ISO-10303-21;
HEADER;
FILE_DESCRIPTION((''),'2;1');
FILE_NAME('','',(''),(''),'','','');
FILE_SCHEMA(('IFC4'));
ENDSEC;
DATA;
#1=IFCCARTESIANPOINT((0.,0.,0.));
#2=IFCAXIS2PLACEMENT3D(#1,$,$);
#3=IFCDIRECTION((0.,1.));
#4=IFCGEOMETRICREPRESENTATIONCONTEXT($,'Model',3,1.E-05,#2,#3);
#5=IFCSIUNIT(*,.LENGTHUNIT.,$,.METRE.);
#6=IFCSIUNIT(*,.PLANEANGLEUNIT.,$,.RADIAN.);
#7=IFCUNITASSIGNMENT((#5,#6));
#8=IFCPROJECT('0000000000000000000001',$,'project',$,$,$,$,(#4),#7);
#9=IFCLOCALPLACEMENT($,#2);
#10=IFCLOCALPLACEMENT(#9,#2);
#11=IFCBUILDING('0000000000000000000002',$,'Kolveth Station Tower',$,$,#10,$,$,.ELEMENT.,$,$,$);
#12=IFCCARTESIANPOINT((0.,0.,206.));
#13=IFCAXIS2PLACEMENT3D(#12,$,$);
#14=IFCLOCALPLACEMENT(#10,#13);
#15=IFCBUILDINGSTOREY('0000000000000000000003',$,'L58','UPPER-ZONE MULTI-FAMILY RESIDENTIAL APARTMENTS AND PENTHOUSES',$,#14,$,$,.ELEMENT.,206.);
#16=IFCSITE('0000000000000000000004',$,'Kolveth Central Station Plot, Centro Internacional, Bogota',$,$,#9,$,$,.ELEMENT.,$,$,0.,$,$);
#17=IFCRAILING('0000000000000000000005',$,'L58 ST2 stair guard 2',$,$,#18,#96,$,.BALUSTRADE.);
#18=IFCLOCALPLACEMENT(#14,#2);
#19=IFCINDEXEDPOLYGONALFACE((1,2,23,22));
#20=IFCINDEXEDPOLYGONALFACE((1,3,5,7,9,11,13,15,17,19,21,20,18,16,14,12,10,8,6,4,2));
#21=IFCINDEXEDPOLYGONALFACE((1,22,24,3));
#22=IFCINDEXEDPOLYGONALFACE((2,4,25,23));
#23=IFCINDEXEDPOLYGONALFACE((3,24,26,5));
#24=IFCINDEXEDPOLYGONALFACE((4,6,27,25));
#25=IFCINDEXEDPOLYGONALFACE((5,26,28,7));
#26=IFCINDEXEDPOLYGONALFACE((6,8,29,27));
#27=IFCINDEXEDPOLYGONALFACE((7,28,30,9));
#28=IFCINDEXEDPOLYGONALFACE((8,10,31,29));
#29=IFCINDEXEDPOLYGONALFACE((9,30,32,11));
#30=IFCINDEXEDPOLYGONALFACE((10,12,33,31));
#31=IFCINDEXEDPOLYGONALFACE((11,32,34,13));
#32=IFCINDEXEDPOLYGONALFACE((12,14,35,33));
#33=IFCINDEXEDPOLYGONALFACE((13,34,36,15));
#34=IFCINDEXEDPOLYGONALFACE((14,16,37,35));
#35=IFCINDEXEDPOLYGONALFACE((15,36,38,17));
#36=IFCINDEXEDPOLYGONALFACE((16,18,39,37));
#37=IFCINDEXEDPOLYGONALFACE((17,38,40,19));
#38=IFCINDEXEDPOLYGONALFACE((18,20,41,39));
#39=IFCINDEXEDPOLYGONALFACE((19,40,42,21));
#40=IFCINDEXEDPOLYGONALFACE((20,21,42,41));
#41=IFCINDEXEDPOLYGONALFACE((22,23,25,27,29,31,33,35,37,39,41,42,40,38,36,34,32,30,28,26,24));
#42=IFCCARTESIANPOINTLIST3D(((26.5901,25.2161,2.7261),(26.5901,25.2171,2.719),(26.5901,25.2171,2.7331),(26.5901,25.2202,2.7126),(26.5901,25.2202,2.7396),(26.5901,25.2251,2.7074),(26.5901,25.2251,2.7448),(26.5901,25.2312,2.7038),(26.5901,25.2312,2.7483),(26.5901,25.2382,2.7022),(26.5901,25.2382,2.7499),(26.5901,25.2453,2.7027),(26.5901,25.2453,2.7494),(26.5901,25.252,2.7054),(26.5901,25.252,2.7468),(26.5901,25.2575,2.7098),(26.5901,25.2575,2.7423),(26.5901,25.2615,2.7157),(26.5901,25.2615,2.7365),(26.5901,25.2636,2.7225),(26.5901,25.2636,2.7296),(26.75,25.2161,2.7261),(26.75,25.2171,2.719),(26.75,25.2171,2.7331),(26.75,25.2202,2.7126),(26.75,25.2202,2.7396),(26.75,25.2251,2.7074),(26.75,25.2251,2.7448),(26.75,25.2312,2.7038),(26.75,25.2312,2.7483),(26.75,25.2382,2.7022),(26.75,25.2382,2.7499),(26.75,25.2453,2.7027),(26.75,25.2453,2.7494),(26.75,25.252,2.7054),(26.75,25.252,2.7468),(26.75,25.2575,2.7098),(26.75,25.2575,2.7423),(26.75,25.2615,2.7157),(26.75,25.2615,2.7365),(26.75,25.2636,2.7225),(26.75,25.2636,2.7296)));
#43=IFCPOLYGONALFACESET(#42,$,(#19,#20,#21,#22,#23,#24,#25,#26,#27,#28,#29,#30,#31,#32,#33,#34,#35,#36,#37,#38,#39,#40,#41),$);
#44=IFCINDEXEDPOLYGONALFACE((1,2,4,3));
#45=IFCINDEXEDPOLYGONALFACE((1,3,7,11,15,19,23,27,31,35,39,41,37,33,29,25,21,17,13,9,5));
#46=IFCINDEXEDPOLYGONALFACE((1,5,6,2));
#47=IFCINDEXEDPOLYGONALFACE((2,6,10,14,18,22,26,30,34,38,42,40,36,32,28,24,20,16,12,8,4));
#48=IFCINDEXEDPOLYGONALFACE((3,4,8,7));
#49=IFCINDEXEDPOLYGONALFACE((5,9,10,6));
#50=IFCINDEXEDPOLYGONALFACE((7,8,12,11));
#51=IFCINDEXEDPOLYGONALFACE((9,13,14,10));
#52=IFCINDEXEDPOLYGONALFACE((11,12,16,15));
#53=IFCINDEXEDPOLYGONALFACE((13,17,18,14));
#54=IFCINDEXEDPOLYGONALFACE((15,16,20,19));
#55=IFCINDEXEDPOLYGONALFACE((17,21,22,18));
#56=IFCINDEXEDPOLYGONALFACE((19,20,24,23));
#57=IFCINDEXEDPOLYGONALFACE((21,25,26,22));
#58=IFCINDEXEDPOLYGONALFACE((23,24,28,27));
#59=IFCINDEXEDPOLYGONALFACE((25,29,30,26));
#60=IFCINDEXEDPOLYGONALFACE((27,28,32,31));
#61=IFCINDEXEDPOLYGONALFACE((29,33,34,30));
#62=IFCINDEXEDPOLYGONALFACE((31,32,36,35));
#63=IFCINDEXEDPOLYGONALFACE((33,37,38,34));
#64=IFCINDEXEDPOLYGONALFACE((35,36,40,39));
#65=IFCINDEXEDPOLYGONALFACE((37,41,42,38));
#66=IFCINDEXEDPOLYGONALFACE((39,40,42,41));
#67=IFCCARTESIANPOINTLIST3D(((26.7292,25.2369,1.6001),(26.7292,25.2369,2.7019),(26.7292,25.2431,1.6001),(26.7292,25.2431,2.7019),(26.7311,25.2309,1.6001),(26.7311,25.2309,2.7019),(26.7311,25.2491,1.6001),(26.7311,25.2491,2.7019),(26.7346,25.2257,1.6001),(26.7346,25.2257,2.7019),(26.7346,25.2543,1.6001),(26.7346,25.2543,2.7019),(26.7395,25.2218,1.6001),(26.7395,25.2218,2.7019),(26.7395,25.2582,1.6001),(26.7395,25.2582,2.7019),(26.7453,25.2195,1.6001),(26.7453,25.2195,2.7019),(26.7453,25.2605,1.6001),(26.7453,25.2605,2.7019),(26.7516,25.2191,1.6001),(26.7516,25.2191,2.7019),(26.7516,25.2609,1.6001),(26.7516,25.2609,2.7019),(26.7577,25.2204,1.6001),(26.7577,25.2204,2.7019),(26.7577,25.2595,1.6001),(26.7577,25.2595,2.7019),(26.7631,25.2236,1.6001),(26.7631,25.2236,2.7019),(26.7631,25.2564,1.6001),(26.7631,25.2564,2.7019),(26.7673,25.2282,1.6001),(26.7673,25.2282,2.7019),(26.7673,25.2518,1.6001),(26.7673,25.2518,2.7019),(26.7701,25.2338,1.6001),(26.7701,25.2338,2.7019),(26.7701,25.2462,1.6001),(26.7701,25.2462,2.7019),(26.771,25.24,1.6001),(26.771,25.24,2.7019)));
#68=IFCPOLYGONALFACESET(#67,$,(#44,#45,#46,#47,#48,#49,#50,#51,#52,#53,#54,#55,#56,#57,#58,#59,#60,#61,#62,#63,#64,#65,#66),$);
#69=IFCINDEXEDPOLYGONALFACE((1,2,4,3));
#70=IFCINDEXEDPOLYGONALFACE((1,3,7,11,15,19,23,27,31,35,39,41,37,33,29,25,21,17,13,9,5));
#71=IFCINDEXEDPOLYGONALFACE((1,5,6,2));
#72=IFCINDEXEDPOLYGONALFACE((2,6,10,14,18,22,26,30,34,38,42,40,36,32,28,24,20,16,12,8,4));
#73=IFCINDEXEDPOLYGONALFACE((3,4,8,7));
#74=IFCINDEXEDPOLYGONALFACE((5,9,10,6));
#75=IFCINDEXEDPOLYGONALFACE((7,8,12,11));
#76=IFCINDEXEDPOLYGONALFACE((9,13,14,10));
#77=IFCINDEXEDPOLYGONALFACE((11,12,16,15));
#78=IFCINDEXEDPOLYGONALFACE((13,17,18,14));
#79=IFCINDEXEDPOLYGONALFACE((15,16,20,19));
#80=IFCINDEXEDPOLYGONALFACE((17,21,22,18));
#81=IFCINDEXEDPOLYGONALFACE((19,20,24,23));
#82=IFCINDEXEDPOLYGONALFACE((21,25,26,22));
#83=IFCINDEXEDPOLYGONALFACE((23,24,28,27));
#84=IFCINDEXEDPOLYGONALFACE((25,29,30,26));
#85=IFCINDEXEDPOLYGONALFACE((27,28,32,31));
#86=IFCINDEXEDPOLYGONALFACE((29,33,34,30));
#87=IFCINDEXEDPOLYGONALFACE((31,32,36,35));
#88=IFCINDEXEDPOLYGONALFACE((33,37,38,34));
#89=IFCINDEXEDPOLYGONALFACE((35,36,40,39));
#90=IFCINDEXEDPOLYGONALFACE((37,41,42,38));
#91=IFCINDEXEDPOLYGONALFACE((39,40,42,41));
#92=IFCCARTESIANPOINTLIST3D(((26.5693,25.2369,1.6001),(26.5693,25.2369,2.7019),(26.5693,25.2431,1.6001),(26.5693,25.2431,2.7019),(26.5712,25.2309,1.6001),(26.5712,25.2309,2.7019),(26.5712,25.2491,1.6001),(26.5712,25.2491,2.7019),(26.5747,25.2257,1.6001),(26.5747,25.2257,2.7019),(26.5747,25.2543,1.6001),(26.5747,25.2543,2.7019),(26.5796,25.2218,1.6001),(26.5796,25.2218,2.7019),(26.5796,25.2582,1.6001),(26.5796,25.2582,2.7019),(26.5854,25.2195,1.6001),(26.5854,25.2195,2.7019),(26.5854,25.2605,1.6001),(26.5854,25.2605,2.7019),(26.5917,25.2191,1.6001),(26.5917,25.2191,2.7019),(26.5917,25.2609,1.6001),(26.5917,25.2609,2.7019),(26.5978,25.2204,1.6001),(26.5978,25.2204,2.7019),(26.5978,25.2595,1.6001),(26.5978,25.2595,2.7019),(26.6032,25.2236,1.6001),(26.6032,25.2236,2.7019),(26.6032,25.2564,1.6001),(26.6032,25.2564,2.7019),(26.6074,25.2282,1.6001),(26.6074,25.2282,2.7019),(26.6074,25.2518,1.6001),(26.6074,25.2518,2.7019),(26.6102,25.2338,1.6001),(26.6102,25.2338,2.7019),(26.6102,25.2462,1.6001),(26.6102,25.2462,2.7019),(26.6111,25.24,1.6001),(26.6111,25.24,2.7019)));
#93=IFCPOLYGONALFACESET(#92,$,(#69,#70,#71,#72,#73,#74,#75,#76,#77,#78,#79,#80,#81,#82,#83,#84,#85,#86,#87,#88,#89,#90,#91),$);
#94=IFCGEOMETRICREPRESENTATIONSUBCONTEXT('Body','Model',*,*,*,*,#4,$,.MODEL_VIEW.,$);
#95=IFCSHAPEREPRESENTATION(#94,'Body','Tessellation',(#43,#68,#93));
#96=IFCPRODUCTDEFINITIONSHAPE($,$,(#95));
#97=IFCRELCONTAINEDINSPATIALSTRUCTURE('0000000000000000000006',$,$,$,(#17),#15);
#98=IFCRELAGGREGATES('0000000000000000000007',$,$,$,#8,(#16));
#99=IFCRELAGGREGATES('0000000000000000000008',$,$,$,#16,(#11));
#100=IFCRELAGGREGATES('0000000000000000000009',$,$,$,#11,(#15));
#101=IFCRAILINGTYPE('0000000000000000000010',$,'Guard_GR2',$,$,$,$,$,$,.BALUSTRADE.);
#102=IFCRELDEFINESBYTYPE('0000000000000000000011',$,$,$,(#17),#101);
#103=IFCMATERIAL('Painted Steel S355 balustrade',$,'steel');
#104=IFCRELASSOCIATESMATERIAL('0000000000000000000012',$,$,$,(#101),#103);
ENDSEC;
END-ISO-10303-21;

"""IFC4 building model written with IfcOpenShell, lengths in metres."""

from ifc_helpers import new_model, si_unit, direction, frame, origin, origin_2d, place, context, subcontext, project, spatial, circle, extrude, material, type_object, element, save


model = new_model("IFC4")

# Units and contexts
model_context = context("Model", 3, precision=1e-05, world=origin(), true_north=direction((0.0, 1.0)))
body_context = subcontext(model_context, "Body", "Model", "MODEL_VIEW")
ifc_project = project(units=[si_unit("LENGTHUNIT", "METRE"), si_unit("PLANEANGLEUNIT", "RADIAN")], contexts=[model_context])

# Site, building, storey
site_placement = place(None, origin())
site = spatial("IfcSite", under=ifc_project, at=site_placement, Name="Kolveth Central Station Plot, Centro Internacional, Bogota", CompositionType="ELEMENT", RefElevation=0.0)
building_placement = place(site_placement, origin())
building = spatial("IfcBuilding", under=site, at=building_placement, Name="Kolveth Station Tower", CompositionType="ELEMENT")
storey_placement = place(building_placement, frame((0.0, 0.0, 206.0)))
storey = spatial("IfcBuildingStorey", under=building, at=storey_placement, Name="L58", Description="UPPER-ZONE MULTI-FAMILY RESIDENTIAL APARTMENTS AND PENTHOUSES", CompositionType="ELEMENT", Elevation=206.0)

# Railing
ifc_material_1 = material(Name="Painted Steel S355 balustrade", Category="steel")
railing_type_1 = type_object("IfcRailingType", Name="Guard_GR2", PredefinedType="BALUSTRADE", material=ifc_material_1)
railing_1_placement = place(storey_placement, frame((26.75, 25.24, 1.6001)))
element("IfcRailing", 1, at=railing_1_placement, inside=storey, type_object=railing_type_1, Name="L58 ST2 stair guard 2", PredefinedType="BALUSTRADE", context=body_context, shape_type="SweptSolid", body=[
    extrude(circle(Radius=0.0239, at=origin_2d()), frame((0.0, 0.0, 1.126), z_axis=(-1.0, 0.0, 0.0), x_axis=(0.0, -1.0, 0.0)), (0.0, 0.0, 1.0), 0.1599),
    extrude(circle(Radius=0.021, at=origin_2d()), origin(), (0.0, 0.0, 1.0), 1.1018),
    extrude(circle(Radius=0.021, at=origin_2d()), frame((-0.1599, 0.0, 0.0)), (0.0, 0.0, 1.0), 1.1018),
])

save(model, "model.ifc")
